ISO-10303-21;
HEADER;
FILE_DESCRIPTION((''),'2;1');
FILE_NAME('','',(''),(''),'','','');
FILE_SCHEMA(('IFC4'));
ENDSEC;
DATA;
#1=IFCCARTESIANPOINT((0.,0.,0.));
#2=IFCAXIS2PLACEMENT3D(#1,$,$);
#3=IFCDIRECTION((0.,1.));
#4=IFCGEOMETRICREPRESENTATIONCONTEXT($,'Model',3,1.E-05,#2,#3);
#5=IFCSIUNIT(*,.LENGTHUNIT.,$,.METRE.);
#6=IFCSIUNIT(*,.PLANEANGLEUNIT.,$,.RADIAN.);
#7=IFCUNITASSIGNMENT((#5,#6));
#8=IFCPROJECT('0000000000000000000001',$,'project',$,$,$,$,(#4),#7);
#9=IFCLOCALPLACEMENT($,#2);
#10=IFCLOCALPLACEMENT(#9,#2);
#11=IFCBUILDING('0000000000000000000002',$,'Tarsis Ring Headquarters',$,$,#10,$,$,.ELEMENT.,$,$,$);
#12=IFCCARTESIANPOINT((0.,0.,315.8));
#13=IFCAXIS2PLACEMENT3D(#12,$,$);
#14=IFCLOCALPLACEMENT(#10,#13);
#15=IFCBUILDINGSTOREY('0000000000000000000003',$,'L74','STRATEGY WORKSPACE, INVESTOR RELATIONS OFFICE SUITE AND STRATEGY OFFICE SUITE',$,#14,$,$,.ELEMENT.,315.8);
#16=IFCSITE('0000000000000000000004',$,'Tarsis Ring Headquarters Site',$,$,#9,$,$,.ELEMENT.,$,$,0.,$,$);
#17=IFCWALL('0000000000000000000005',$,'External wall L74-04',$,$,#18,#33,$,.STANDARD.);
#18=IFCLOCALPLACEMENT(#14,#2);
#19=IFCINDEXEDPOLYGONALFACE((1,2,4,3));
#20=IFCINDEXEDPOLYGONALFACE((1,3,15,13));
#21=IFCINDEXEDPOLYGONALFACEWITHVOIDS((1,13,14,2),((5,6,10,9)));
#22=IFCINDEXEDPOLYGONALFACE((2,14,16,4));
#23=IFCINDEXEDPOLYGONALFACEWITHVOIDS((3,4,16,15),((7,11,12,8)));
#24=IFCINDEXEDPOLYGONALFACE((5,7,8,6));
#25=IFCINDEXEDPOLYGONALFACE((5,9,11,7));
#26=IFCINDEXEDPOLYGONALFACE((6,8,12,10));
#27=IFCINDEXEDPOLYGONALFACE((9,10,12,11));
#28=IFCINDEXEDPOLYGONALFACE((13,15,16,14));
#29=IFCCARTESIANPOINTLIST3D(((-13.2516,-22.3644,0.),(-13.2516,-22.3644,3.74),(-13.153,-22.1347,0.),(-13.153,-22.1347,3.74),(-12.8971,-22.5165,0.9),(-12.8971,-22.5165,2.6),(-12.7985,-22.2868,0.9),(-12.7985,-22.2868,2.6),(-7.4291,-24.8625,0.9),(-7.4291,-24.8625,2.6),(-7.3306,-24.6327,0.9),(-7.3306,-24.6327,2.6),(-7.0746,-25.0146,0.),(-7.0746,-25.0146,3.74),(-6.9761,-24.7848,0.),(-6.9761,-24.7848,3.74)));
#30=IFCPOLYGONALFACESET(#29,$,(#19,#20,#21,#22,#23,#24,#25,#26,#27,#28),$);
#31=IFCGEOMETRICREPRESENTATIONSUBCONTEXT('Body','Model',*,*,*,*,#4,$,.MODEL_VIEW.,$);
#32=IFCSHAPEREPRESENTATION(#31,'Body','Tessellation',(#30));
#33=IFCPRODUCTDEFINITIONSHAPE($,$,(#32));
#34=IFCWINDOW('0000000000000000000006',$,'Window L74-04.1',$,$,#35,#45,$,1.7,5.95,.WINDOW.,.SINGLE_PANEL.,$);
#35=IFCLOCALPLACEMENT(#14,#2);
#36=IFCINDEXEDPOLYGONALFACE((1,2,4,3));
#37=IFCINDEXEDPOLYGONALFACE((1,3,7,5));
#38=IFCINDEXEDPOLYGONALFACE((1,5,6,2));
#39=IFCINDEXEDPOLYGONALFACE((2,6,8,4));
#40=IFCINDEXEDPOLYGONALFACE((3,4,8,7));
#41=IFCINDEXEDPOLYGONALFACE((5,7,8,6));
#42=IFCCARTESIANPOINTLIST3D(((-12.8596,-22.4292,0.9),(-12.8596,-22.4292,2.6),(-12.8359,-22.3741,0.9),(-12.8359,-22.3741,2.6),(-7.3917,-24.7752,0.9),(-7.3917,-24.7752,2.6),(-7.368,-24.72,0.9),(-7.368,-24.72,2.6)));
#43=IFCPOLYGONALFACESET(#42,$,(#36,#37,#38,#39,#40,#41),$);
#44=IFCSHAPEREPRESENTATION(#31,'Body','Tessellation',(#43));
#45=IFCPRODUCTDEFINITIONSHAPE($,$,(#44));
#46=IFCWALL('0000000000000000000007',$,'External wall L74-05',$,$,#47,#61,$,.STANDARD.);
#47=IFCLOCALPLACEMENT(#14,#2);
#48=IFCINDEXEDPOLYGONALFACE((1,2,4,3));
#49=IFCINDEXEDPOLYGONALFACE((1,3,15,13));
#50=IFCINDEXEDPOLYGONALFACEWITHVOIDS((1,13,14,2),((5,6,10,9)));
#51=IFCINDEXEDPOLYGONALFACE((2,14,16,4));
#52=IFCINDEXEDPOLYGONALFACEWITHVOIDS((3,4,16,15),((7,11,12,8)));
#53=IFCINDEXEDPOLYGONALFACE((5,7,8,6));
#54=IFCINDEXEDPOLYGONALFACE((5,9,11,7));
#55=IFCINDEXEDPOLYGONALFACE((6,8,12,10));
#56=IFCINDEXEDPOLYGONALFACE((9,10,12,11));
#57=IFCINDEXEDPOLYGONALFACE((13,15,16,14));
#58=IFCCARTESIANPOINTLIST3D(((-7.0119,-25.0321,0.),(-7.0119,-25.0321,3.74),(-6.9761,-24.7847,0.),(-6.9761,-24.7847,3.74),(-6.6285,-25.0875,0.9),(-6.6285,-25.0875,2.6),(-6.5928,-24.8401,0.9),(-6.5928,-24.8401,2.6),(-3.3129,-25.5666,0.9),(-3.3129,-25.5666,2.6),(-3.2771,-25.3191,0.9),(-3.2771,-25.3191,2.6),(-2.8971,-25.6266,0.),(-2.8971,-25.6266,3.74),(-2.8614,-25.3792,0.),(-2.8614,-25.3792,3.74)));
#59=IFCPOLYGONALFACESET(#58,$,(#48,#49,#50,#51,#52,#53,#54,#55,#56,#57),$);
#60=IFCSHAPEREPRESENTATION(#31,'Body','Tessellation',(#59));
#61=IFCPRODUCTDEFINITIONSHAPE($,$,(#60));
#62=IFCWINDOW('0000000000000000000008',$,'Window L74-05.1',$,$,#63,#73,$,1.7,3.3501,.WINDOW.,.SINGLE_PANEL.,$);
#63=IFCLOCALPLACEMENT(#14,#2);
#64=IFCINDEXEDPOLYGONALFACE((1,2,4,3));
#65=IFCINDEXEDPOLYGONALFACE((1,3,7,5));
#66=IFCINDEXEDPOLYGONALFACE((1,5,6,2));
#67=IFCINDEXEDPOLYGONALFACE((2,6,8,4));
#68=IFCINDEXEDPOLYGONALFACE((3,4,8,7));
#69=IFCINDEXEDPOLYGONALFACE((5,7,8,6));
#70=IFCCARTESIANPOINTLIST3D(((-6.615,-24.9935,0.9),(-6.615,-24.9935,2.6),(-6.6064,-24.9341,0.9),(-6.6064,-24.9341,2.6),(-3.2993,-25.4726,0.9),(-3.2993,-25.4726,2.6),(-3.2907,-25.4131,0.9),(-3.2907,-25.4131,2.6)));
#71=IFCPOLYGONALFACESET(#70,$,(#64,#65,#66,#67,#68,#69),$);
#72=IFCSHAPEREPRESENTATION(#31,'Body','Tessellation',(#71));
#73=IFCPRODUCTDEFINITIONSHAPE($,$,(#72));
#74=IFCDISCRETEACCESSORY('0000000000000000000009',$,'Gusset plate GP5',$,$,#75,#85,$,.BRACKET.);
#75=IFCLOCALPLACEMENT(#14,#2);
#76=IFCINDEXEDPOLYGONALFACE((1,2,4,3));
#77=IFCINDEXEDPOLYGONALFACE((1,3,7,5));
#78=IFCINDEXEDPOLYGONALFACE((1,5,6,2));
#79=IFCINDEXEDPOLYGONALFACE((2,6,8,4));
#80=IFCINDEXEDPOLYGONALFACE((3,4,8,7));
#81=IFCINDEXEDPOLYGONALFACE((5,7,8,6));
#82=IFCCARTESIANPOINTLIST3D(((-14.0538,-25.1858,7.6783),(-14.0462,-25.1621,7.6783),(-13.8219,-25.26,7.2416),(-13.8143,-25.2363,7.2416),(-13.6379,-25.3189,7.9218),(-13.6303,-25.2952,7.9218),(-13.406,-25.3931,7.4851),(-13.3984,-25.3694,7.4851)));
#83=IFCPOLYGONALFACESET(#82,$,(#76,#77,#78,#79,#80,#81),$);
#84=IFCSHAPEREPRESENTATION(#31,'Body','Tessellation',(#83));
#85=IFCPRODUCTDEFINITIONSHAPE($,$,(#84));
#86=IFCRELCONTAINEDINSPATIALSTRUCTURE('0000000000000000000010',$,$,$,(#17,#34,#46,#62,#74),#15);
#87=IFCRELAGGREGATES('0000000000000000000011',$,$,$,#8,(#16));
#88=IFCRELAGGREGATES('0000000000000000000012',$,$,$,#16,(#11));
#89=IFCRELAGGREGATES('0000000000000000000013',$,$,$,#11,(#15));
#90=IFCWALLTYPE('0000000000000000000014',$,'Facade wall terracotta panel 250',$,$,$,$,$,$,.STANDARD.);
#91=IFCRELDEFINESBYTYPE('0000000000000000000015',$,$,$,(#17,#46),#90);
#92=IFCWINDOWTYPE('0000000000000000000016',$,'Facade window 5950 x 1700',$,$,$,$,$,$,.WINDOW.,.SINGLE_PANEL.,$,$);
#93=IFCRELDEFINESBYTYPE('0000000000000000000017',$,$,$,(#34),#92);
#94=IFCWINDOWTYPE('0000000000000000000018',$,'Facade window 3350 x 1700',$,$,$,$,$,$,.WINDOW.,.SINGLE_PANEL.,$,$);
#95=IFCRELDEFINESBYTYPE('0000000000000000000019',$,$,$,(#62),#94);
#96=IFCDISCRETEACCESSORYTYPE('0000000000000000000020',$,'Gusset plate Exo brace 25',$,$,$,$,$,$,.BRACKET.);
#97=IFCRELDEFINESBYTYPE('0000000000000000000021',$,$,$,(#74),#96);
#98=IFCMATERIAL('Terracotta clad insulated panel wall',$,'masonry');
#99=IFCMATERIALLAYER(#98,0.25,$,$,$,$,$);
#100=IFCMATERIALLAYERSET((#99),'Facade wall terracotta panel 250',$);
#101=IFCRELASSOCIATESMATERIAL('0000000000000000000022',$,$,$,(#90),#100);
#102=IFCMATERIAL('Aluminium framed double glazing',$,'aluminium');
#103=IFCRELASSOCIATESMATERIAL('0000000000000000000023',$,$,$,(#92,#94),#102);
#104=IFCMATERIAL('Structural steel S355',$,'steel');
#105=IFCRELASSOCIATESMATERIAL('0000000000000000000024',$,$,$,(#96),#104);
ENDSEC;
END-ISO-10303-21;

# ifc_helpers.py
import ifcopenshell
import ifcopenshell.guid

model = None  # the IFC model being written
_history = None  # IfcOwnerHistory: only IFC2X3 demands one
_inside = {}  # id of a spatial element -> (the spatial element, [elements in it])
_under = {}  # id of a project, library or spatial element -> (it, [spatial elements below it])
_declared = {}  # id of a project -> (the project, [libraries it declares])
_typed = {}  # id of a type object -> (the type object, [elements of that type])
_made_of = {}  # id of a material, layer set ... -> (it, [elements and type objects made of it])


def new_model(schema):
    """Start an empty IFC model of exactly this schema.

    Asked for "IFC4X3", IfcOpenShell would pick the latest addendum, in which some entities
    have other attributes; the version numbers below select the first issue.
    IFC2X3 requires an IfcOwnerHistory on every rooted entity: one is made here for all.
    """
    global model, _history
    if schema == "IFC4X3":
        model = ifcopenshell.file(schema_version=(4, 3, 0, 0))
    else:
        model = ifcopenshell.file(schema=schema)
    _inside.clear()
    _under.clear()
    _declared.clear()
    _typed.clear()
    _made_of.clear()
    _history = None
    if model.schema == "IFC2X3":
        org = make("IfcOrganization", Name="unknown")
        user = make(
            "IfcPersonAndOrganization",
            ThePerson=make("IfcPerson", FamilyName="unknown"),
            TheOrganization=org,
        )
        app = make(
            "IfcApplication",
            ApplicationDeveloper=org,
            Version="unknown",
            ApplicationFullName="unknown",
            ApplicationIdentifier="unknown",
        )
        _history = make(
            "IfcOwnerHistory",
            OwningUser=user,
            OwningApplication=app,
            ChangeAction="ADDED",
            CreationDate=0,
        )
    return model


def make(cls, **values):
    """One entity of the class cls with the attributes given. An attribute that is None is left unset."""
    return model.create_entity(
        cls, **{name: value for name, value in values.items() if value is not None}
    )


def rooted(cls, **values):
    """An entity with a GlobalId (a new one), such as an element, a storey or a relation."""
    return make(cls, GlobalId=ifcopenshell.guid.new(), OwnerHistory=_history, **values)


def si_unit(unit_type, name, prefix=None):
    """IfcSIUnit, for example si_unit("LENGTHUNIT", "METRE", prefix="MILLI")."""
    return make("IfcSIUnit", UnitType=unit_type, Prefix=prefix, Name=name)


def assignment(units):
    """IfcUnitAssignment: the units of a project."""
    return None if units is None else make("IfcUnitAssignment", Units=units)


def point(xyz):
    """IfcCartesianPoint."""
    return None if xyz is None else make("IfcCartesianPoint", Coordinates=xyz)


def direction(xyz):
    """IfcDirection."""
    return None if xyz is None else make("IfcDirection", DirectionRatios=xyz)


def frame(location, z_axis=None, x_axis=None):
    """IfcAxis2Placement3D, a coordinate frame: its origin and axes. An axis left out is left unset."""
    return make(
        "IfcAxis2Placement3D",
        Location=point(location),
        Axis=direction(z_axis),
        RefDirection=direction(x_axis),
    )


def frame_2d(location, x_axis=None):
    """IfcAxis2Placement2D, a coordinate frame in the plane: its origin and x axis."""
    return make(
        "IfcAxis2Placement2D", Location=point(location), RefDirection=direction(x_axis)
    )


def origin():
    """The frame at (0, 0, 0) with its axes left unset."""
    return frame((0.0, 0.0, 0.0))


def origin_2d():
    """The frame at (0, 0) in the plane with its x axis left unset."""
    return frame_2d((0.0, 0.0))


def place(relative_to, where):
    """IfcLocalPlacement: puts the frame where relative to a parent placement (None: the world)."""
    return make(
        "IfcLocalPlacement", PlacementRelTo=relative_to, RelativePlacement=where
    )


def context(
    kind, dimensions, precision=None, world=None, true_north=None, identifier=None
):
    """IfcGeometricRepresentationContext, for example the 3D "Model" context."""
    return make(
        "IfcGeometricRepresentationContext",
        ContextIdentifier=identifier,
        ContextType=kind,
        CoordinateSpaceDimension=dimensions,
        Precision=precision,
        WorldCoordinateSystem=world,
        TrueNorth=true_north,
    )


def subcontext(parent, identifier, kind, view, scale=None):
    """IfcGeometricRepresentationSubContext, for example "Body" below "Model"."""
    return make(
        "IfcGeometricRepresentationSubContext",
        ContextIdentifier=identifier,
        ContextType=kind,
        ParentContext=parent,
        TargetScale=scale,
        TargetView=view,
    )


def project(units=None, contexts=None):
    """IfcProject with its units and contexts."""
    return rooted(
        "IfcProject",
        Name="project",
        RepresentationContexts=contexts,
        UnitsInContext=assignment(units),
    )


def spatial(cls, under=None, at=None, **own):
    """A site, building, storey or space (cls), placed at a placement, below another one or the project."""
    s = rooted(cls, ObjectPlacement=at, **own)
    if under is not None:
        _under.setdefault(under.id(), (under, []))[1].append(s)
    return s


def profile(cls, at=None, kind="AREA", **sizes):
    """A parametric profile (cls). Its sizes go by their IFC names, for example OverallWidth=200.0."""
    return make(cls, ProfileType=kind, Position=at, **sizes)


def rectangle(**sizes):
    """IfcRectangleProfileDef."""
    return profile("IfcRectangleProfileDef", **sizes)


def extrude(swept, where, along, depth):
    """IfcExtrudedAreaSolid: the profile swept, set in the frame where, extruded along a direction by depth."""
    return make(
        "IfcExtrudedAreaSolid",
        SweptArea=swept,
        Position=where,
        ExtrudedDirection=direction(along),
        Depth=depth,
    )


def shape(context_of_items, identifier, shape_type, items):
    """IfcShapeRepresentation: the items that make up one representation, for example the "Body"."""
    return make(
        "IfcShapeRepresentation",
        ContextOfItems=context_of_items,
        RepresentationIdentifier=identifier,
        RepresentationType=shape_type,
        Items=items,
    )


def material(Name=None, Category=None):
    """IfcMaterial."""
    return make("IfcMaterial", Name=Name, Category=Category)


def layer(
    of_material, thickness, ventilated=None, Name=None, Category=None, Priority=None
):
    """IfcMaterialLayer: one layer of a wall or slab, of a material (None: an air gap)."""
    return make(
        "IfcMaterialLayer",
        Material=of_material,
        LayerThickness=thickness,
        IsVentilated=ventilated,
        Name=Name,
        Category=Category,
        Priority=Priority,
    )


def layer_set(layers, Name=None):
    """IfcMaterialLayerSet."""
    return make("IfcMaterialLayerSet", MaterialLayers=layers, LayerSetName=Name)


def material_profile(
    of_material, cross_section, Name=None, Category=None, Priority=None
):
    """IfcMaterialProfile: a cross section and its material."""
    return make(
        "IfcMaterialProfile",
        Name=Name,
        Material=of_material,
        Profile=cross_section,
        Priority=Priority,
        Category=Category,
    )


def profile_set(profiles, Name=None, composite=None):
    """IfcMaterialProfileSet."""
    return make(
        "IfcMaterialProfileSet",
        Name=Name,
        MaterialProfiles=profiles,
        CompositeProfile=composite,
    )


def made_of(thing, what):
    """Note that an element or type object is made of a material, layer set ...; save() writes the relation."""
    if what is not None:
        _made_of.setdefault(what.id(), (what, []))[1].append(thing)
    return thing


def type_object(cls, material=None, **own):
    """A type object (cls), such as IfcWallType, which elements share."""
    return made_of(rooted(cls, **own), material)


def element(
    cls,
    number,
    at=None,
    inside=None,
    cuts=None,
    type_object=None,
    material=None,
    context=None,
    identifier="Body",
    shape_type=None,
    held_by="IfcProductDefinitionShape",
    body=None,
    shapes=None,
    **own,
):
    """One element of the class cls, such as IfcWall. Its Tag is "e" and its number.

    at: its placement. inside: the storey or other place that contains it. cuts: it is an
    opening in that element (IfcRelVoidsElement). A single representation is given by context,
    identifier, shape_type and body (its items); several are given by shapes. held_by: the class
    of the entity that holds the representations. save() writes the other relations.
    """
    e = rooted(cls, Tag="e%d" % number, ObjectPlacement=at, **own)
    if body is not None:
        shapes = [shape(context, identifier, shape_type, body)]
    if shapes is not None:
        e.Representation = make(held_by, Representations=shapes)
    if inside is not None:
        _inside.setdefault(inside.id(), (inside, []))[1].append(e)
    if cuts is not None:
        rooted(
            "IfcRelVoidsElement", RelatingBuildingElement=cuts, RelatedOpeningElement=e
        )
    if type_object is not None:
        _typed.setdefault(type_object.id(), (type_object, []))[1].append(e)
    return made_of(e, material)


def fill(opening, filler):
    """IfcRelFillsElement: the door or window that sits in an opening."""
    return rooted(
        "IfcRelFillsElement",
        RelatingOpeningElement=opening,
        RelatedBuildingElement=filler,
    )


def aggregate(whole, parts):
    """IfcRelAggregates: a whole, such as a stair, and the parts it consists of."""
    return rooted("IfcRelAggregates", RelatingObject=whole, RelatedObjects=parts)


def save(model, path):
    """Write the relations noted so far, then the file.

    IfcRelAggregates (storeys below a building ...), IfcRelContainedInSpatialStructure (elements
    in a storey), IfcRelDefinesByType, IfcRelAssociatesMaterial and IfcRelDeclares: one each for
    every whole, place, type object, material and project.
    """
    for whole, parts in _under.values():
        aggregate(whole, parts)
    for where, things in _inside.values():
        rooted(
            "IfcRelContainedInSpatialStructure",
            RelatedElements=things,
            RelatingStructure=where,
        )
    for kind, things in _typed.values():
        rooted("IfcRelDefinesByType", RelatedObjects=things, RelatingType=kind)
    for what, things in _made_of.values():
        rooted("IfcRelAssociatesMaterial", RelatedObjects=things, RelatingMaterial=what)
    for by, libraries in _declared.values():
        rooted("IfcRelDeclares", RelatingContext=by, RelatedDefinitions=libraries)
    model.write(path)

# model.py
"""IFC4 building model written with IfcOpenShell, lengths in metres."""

from ifc_helpers import new_model, si_unit, direction, frame, frame_2d, origin, origin_2d, place, context, subcontext, project, spatial, rectangle, extrude, material, layer, layer_set, material_profile, profile_set, type_object, element, fill, save


model = new_model("IFC4")

# Units and contexts
model_context = context("Model", 3, precision=1e-05, world=origin(), true_north=direction((0.0, 1.0)))
body_context = subcontext(model_context, "Body", "Model", "MODEL_VIEW")
ifc_project = project(units=[si_unit("LENGTHUNIT", "METRE"), si_unit("PLANEANGLEUNIT", "RADIAN")], contexts=[model_context])

# Site, building, storey
site_placement = place(None, origin())
site = spatial("IfcSite", under=ifc_project, at=site_placement, Name="Tarsis Ring Headquarters Site", CompositionType="ELEMENT", RefElevation=0.0)
building_placement = place(site_placement, origin())
building = spatial("IfcBuilding", under=site, at=building_placement, Name="Tarsis Ring Headquarters", CompositionType="ELEMENT")
storey_placement = place(building_placement, frame((0.0, 0.0, 315.8)))
storey = spatial("IfcBuildingStorey", under=building, at=storey_placement, Name="L74", Description="STRATEGY WORKSPACE, INVESTOR RELATIONS OFFICE SUITE AND STRATEGY OFFICE SUITE", CompositionType="ELEMENT", Elevation=315.8)

# Shared definitions
ifc_material_1 = material(Name="Structural steel S355", Category="steel")

# Walls, openings, windows
ifc_material_2 = material(Name="Terracotta clad insulated panel wall", Category="masonry")
ifc_layer_1 = layer(ifc_material_2, 0.25)
ifc_layer_set_1 = layer_set([ifc_layer_1], Name="Facade wall terracotta panel 250")
wall_type_1 = type_object("IfcWallType", Name="Facade wall terracotta panel 250", PredefinedType="STANDARD", material=ifc_layer_set_1)
wall_1_placement = place(storey_placement, frame((-13.2024, -22.2495, 0.0), z_axis=(0.0, 0.0, 1.0), x_axis=(0.918991, -0.394279, 0.0)))
wall_1 = element("IfcWall", 1, at=wall_1_placement, inside=storey, type_object=wall_type_1, Name="External wall L74-04", PredefinedType="STANDARD", context=body_context, shape_type="SweptSolid", body=[
    extrude(rectangle(XDim=6.7214, YDim=0.25, at=frame_2d((3.3608, 0.0))), origin(), (0.0, 0.0, 1.0), 3.74),
])
opening_1_placement = place(wall_1_placement, frame((0.3857, 0.0, 0.8999)))
opening_1 = element("IfcOpeningElement", 2, at=opening_1_placement, cuts=wall_1, PredefinedType="OPENING", context=body_context, shape_type="SweptSolid", body=[
    extrude(rectangle(XDim=5.95, YDim=1.7, at=frame_2d((2.9751, 0.8501))), frame((0.0, 0.135, 0.0), z_axis=(0.0, -1.0, 0.0), x_axis=(1.0, 0.0, 0.0)), (0.0, 0.0, 1.0), 0.27),
])
ifc_material_3 = material(Name="Aluminium framed double glazing", Category="aluminium")
window_type_1 = type_object("IfcWindowType", Name="Facade window 5950 x 1700", PartitioningType="SINGLE_PANEL", PredefinedType="WINDOW", material=ifc_material_3)
window_1_placement = place(opening_1_placement, origin())
window_1 = element("IfcWindow", 3, at=window_1_placement, inside=storey, type_object=window_type_1, Name="Window L74-04.1", OverallHeight=1.7, OverallWidth=5.95, PartitioningType="SINGLE_PANEL", PredefinedType="WINDOW", context=body_context, shape_type="SweptSolid", body=[
    extrude(rectangle(XDim=5.95, YDim=1.7, at=frame_2d((2.9751, 0.8501))), frame((0.0, 0.03, 0.0), z_axis=(0.0, -1.0, 0.0), x_axis=(1.0, 0.0, 0.0)), (0.0, 0.0, 1.0), 0.0601),
])
fill(opening_1, window_1)
wall_2_placement = place(storey_placement, frame((-6.9939, -24.9084, 0.0), z_axis=(0.0, 0.0, 1.0), x_axis=(0.989724, -0.142991, 0.0)))
wall_2 = element("IfcWall", 4, at=wall_2_placement, inside=storey, type_object=wall_type_1, Name="External wall L74-05", PredefinedType="STANDARD", context=body_context, shape_type="SweptSolid", body=[
    extrude(rectangle(XDim=4.1575, YDim=0.25, at=frame_2d((2.0786, 0.0))), origin(), (0.0, 0.0, 1.0), 3.74),
])
opening_2_placement = place(wall_2_placement, frame((0.3872, 0.0, 0.8999)))
opening_2 = element("IfcOpeningElement", 5, at=opening_2_placement, cuts=wall_2, PredefinedType="OPENING", context=body_context, shape_type="SweptSolid", body=[
    extrude(rectangle(XDim=3.3501, YDim=1.7, at=frame_2d((1.675, 0.8501))), frame((0.0, 0.135, 0.0), z_axis=(0.0, -1.0, 0.0), x_axis=(1.0, 0.0, 0.0)), (0.0, 0.0, 1.0), 0.27),
])
window_type_2 = type_object("IfcWindowType", Name="Facade window 3350 x 1700", PartitioningType="SINGLE_PANEL", PredefinedType="WINDOW", material=ifc_material_3)
window_2_placement = place(opening_2_placement, origin())
window_2 = element("IfcWindow", 6, at=window_2_placement, inside=storey, type_object=window_type_2, Name="Window L74-05.1", OverallHeight=1.7, OverallWidth=3.3501, PartitioningType="SINGLE_PANEL", PredefinedType="WINDOW", context=body_context, shape_type="SweptSolid", body=[
    extrude(rectangle(XDim=3.3501, YDim=1.7, at=frame_2d((1.675, 0.8501))), frame((0.0, 0.03, 0.0), z_axis=(0.0, -1.0, 0.0), x_axis=(1.0, 0.0, 0.0)), (0.0, 0.0, 1.0), 0.0601),
])
fill(opening_2, window_2)

# Discrete accessory
ifc_material_profile_1 = material_profile(ifc_material_1, rectangle(XDim=0.0249, YDim=0.5, at=origin_2d()), Name="PL 25x500")
ifc_profile_set_1 = profile_set([ifc_material_profile_1], Name="Structural steel S355")
discrete_accessory_type = type_object("IfcDiscreteAccessoryType", Name="Gusset plate Exo brace 25", PredefinedType="BRACKET", material=ifc_profile_set_1)
discrete_accessory_placement = place(storey_placement, frame((-13.842, -25.2405, 7.8), z_axis=(0.463805, -0.148417, -0.873417), x_axis=(0.304776, 0.952424, 0.0)))
element("IfcDiscreteAccessory", 7, at=discrete_accessory_placement, inside=storey, type_object=discrete_accessory_type, Name="Gusset plate GP5", PredefinedType="BRACKET", context=body_context, shape_type="SweptSolid", body=[
    extrude(rectangle(XDim=0.0249, YDim=0.5, at=origin_2d()), origin(), (0.0, 0.0, 1.0), 0.5),
])

save(model, "model.ifc")
